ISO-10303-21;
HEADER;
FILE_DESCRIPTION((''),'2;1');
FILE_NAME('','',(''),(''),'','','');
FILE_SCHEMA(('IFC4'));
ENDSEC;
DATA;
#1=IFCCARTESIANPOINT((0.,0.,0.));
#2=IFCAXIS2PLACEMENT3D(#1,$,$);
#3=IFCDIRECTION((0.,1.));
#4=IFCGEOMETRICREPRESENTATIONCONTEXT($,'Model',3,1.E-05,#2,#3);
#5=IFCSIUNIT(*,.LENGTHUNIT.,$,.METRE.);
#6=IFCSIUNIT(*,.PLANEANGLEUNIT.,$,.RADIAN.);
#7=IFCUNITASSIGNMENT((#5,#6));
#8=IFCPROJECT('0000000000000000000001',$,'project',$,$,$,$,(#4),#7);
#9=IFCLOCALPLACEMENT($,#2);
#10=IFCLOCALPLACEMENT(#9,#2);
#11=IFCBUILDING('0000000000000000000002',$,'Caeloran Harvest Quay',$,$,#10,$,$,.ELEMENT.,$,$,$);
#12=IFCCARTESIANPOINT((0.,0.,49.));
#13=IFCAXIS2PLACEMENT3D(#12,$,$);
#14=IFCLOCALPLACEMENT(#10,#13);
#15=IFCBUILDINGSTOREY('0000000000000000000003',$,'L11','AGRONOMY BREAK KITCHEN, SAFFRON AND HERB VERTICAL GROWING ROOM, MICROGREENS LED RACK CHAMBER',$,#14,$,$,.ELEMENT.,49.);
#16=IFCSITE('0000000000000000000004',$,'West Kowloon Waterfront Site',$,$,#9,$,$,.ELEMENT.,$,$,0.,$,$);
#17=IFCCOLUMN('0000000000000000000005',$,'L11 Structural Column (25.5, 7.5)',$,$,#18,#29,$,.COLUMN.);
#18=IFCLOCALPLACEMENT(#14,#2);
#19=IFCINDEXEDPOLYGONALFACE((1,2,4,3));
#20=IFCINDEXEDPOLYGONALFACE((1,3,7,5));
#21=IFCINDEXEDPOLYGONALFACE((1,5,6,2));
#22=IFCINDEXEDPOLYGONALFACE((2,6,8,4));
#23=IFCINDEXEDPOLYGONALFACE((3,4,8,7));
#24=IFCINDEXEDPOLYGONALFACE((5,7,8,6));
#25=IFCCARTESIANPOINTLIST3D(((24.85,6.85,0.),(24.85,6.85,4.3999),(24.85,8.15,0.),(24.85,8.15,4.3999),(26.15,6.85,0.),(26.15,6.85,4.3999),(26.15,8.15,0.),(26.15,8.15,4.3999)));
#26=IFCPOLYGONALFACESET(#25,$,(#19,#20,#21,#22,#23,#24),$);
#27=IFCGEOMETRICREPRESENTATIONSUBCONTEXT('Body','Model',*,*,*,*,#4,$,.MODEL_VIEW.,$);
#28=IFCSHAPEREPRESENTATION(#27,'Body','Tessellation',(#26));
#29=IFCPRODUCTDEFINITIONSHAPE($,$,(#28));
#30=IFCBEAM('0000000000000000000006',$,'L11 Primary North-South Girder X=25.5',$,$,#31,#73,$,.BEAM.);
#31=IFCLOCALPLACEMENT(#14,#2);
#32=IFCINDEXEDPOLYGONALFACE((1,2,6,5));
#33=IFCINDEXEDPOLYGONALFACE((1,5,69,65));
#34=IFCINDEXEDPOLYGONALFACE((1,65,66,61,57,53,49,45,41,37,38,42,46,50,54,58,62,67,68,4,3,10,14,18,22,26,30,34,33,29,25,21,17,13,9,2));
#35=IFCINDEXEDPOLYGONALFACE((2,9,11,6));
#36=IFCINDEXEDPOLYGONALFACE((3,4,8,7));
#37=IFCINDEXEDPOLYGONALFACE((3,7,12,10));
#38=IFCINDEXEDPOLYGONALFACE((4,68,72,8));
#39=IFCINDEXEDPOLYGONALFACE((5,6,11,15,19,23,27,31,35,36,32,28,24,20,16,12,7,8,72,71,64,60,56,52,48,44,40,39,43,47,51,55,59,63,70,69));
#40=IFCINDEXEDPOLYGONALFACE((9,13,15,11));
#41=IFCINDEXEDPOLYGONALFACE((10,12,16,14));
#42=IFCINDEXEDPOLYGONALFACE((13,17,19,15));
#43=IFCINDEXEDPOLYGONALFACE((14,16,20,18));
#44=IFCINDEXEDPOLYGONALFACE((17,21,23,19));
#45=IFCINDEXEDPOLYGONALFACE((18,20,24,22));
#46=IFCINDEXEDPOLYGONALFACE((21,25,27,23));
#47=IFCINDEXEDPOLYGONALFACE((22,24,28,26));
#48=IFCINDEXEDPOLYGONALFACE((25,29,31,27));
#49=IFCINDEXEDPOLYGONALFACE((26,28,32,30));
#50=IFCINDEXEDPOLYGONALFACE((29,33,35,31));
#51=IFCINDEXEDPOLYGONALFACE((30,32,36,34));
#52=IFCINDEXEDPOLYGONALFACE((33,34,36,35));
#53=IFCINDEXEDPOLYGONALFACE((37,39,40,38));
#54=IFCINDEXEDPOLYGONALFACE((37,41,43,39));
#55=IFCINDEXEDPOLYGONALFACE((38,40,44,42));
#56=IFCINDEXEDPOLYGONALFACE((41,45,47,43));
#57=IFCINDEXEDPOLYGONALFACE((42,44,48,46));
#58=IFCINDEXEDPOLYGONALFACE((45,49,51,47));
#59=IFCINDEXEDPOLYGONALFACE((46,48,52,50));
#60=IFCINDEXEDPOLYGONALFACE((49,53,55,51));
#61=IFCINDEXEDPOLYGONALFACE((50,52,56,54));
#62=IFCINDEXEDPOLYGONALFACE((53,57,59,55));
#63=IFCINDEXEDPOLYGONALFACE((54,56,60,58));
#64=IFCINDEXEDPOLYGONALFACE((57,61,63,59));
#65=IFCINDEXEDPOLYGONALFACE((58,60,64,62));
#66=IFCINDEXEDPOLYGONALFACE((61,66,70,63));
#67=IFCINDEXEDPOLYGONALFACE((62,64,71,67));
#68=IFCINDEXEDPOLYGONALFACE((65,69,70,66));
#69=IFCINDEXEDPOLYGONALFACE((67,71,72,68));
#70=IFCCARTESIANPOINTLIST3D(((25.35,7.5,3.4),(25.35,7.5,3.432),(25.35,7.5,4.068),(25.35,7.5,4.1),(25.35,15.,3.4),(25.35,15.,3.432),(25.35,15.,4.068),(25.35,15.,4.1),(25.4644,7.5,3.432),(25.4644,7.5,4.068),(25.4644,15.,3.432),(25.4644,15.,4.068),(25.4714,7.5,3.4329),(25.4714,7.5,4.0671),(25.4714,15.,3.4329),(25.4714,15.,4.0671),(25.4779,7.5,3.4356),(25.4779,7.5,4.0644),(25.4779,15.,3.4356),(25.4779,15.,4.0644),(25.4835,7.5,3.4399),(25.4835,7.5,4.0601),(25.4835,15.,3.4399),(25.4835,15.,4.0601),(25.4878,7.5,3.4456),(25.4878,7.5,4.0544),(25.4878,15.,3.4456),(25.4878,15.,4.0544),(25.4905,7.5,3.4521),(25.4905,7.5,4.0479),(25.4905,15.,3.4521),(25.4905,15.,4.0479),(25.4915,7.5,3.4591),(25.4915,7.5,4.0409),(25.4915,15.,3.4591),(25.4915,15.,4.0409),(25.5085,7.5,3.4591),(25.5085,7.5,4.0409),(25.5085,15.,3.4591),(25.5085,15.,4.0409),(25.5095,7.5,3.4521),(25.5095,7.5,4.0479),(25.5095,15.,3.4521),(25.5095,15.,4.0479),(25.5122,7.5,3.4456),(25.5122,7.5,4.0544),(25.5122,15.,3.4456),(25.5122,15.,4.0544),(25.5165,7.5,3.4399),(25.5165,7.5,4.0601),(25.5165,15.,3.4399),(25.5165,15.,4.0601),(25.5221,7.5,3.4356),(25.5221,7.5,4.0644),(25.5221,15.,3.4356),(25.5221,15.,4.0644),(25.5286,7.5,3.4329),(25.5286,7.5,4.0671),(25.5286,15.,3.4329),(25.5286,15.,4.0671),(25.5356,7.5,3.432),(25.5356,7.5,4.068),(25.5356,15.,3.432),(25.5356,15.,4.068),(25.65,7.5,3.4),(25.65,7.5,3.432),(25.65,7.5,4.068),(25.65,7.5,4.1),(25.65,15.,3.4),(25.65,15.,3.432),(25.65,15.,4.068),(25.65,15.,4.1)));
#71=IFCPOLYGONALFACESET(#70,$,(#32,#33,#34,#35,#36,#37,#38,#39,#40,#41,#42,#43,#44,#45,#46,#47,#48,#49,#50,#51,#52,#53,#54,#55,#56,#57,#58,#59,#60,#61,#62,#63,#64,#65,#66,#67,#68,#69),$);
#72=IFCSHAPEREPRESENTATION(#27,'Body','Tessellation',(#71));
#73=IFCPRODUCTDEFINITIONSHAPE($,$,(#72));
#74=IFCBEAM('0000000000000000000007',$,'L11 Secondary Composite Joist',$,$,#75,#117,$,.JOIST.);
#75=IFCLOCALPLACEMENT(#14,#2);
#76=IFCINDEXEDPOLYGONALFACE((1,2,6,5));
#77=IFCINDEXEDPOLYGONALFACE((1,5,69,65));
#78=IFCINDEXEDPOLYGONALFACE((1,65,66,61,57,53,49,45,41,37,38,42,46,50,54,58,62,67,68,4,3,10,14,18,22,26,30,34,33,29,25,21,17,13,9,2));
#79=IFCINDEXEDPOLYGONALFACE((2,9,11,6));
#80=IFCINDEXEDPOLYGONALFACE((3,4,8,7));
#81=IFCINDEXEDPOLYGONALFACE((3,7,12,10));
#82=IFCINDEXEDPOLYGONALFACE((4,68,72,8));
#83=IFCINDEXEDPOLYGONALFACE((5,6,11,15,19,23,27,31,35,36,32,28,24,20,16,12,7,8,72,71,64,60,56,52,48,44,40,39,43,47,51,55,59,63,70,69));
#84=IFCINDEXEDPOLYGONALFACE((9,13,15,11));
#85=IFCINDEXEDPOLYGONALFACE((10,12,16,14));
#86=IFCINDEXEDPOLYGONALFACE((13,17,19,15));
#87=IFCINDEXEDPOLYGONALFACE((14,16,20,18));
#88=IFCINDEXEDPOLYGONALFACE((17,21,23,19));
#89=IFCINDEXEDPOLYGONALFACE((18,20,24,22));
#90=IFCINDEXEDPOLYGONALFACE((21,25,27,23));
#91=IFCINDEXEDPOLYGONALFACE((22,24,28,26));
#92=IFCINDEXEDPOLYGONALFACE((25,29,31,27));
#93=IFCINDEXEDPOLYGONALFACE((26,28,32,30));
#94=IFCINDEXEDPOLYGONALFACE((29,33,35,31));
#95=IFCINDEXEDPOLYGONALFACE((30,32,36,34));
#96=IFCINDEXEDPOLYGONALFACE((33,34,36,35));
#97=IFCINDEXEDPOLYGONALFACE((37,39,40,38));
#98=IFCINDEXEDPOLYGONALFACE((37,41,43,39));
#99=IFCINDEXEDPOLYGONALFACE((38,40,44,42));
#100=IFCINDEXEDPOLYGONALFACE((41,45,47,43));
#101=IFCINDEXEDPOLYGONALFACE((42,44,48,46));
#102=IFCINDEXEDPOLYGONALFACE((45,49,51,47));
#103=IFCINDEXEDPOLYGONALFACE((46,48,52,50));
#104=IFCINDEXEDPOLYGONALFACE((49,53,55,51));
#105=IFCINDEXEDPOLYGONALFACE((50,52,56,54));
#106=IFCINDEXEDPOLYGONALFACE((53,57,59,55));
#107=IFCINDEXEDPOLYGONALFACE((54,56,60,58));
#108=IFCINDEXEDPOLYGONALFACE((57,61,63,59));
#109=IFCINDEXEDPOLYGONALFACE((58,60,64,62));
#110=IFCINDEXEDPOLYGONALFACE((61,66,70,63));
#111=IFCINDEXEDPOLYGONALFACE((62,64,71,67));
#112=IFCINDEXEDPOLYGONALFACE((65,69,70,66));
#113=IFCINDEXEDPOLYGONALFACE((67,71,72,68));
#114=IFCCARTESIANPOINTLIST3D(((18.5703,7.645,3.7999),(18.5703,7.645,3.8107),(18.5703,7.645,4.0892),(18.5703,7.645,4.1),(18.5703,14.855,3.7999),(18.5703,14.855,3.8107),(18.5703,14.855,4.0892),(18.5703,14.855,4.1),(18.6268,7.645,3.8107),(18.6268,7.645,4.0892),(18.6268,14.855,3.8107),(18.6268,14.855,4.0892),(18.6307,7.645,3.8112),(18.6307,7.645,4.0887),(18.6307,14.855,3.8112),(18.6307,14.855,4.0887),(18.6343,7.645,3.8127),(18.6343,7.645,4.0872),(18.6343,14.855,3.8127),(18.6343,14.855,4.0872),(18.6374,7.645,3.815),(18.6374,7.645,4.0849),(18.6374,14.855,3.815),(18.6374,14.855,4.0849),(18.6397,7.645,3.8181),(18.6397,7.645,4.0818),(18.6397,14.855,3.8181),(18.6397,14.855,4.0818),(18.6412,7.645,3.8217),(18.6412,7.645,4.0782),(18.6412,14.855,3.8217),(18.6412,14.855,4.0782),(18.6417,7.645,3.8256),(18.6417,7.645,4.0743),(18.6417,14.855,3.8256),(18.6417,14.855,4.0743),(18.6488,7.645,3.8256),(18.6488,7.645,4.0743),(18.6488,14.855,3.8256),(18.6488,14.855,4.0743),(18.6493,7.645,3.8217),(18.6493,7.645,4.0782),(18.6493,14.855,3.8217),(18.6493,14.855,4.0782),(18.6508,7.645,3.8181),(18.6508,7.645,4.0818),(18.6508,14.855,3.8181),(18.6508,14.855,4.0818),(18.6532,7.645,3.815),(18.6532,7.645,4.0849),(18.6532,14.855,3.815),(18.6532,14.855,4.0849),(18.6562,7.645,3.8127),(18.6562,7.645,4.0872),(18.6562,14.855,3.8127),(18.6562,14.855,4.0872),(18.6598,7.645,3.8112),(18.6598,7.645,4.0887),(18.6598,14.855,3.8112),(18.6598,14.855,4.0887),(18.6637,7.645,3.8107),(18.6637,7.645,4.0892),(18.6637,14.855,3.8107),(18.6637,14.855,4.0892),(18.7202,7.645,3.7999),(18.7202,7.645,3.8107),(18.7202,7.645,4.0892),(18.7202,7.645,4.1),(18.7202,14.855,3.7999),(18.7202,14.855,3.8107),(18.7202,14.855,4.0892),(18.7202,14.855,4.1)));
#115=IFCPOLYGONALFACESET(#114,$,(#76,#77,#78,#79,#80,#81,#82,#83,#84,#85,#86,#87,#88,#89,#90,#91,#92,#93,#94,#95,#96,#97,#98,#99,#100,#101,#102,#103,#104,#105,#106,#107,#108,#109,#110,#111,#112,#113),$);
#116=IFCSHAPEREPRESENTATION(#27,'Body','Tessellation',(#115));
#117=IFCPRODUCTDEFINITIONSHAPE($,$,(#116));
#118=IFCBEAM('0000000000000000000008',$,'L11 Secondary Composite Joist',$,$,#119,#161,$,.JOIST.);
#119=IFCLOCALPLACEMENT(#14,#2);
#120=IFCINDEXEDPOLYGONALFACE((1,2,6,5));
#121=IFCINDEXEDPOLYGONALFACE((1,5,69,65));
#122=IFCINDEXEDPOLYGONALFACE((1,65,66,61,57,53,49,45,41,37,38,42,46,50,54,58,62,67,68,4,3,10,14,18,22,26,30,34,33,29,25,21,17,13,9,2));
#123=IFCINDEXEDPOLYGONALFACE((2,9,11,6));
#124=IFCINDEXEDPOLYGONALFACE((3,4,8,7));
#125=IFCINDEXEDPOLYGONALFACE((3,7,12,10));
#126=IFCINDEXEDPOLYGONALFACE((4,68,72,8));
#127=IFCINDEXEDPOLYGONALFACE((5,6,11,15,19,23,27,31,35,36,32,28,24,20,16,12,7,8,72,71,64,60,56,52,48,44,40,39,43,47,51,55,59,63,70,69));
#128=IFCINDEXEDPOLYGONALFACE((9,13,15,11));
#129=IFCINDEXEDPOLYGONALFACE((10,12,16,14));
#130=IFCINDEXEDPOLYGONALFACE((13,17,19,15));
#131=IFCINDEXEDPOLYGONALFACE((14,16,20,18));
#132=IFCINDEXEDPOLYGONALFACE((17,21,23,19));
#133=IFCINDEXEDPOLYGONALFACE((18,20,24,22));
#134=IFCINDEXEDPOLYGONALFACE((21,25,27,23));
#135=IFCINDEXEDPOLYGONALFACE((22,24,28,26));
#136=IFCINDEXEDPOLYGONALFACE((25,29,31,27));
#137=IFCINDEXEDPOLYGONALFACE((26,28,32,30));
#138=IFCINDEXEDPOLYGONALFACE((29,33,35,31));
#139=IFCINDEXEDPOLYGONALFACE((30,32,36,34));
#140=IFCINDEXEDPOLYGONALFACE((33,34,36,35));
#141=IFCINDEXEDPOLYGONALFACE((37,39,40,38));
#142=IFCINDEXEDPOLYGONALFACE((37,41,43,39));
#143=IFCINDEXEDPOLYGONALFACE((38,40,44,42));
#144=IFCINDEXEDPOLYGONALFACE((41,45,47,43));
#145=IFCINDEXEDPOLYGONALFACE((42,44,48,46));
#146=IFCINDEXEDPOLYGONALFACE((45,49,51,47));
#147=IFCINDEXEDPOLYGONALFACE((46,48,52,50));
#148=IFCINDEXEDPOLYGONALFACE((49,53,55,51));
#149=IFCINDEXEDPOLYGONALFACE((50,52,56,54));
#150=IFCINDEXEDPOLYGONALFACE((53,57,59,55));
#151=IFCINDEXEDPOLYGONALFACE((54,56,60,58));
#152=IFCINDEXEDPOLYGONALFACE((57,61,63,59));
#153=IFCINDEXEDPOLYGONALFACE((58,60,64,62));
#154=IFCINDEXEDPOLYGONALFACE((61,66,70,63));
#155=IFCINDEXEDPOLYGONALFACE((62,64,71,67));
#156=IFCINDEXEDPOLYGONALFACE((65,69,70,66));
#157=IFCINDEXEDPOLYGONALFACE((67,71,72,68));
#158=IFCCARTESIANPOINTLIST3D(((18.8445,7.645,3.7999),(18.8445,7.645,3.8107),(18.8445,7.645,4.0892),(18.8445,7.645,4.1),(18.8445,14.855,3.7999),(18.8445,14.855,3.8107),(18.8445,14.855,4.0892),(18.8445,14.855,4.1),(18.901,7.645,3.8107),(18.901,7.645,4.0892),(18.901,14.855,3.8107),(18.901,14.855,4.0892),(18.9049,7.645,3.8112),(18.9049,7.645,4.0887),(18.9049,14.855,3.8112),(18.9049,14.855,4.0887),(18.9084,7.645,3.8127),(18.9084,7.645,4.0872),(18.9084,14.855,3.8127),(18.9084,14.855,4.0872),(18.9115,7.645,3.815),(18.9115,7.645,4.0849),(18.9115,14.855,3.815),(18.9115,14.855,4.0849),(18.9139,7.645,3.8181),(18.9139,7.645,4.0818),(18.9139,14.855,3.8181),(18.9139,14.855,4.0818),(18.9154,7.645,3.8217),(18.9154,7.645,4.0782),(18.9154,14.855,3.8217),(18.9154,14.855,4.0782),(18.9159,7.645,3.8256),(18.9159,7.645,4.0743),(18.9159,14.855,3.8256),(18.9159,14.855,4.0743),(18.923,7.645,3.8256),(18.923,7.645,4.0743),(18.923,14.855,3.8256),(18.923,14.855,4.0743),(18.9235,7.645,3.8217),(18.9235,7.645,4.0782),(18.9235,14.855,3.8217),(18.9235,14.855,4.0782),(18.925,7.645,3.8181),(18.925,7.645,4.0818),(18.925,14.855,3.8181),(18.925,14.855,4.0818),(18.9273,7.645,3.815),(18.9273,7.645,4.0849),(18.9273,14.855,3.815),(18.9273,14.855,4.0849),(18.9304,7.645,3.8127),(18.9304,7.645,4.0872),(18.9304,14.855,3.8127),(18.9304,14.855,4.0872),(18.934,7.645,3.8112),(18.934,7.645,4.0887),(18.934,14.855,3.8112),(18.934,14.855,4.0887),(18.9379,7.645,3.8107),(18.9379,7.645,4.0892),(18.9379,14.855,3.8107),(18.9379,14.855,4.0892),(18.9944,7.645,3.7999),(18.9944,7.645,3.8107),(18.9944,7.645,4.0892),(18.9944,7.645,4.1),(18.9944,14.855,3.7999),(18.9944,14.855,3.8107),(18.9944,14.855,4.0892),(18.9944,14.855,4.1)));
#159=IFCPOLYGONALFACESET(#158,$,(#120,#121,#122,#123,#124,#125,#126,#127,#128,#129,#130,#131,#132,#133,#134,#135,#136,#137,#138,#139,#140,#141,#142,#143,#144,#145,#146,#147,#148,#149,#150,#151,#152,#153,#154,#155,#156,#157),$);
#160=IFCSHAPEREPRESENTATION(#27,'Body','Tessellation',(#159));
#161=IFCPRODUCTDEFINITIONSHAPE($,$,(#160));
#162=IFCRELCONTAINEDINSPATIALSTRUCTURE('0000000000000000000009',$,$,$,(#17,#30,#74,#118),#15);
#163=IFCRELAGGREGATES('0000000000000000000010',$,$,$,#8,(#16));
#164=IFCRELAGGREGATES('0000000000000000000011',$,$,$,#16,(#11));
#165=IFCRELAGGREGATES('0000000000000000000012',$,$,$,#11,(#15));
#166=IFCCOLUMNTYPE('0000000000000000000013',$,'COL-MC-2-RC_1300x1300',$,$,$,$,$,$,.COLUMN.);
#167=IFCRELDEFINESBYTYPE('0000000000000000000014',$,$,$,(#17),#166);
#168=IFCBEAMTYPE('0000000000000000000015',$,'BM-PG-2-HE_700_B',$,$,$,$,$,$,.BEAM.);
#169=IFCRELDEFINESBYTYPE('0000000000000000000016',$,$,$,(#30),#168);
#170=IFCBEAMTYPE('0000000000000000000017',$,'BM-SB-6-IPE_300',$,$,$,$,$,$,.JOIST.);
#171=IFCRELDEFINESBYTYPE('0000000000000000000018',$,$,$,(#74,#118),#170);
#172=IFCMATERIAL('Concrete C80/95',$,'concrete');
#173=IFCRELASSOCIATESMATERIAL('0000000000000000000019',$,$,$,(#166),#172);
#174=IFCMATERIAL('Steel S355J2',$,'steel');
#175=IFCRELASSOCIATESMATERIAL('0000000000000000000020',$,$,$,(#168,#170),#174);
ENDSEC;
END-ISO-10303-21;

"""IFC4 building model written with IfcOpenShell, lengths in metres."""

from ifc_helpers import new_model, si_unit, direction, frame, origin, origin_2d, place, context, subcontext, project, spatial, rectangle, i_section, extrude, material, material_profile, profile_set, type_object, element, save


model = new_model("IFC4")

# Units and contexts
model_context = context("Model", 3, precision=1e-05, world=origin(), true_north=direction((0.0, 1.0)))
body_context = subcontext(model_context, "Body", "Model", "MODEL_VIEW")
ifc_project = project(units=[si_unit("LENGTHUNIT", "METRE"), si_unit("PLANEANGLEUNIT", "RADIAN")], contexts=[model_context])

# Site, building, storey
site_placement = place(None, origin())
site = spatial("IfcSite", under=ifc_project, at=site_placement, Name="West Kowloon Waterfront Site", CompositionType="ELEMENT", RefElevation=0.0)
building_placement = place(site_placement, origin())
building = spatial("IfcBuilding", under=site, at=building_placement, Name="Caeloran Harvest Quay", CompositionType="ELEMENT")
storey_placement = place(building_placement, frame((0.0, 0.0, 49.0)))
storey = spatial("IfcBuildingStorey", under=building, at=storey_placement, Name="L11", Description="AGRONOMY BREAK KITCHEN, SAFFRON AND HERB VERTICAL GROWING ROOM, MICROGREENS LED RACK CHAMBER", CompositionType="ELEMENT", Elevation=49.0)

# Column
ifc_material_1 = material(Name="Concrete C80/95", Category="concrete")
ifc_material_profile_1 = material_profile(ifc_material_1, rectangle(XDim=1.3, YDim=1.3, at=origin_2d()), Name="RC 1300x1300")
ifc_profile_set_1 = profile_set([ifc_material_profile_1], Name="Concrete C80/95")
column_type = type_object("IfcColumnType", Name="COL-MC-2-RC_1300x1300", PredefinedType="COLUMN", material=ifc_profile_set_1)
column_placement = place(storey_placement, frame((25.5, 7.5, 0.0), z_axis=(0.0, 0.0, 1.0), x_axis=(1.0, 0.0, 0.0)))
element("IfcColumn", 1, at=column_placement, inside=storey, type_object=column_type, Name="L11 Structural Column (25.5, 7.5)", PredefinedType="COLUMN", context=body_context, shape_type="SweptSolid", body=[
    extrude(rectangle(XDim=1.3, YDim=1.3, at=origin_2d()), origin(), (0.0, 0.0, 1.0), 4.3999),
])

# Beams
ifc_material_2 = material(Name="Steel S355J2", Category="steel")
ifc_material_profile_2 = material_profile(ifc_material_2, i_section(OverallWidth=0.3, OverallDepth=0.7, WebThickness=0.0171, FlangeThickness=0.032, FilletRadius=0.0271, at=origin_2d()), Name="HE 700 B")
ifc_profile_set_2 = profile_set([ifc_material_profile_2], Name="Steel S355J2")
beam_type_1 = type_object("IfcBeamType", Name="BM-PG-2-HE_700_B", PredefinedType="BEAM", material=ifc_profile_set_2)
beam_placement = place(storey_placement, frame((25.5, 7.5, 3.75), z_axis=(0.0, 1.0, 0.0), x_axis=(-1.0, 0.0, 0.0)))
element("IfcBeam", 2, at=beam_placement, inside=storey, type_object=beam_type_1, Name="L11 Primary North-South Girder X=25.5", PredefinedType="BEAM", context=body_context, shape_type="SweptSolid", body=[
    extrude(i_section(OverallWidth=0.3, OverallDepth=0.7, WebThickness=0.0171, FlangeThickness=0.032, FilletRadius=0.0271, at=origin_2d()), origin(), (0.0, 0.0, 1.0), 7.5),
])
ifc_material_profile_3 = material_profile(ifc_material_2, i_section(OverallWidth=0.1499, OverallDepth=0.3, WebThickness=0.0071, FlangeThickness=0.0107, FilletRadius=0.0149, at=origin_2d()), Name="IPE 300")
ifc_profile_set_3 = profile_set([ifc_material_profile_3], Name="Steel S355J2")
beam_type_2 = type_object("IfcBeamType", Name="BM-SB-6-IPE_300", PredefinedType="JOIST", material=ifc_profile_set_3)
for number, where, z_axis, x_axis, name in (
    (3, (18.6453, 7.645, 3.95), (0.0, 1.0, 0.0), (-1.0, 0.0, 0.0), "L11 Secondary Composite Joist"),
    (4, (18.9194, 7.645, 3.95), (0.0, 1.0, 0.0), (-1.0, 0.0, 0.0), "L11 Secondary Composite Joist"),
):
    element("IfcBeam", number, at=place(storey_placement, frame(where, z_axis=z_axis, x_axis=x_axis)), inside=storey, type_object=beam_type_2, Name=name, PredefinedType="JOIST", context=body_context, shape_type="SweptSolid", body=[
        extrude(i_section(OverallWidth=0.1499, OverallDepth=0.3, WebThickness=0.0071, FlangeThickness=0.0107, FilletRadius=0.0149, at=origin_2d()), origin(), (0.0, 0.0, 1.0), 7.21),
    ])

save(model, "model.ifc")
